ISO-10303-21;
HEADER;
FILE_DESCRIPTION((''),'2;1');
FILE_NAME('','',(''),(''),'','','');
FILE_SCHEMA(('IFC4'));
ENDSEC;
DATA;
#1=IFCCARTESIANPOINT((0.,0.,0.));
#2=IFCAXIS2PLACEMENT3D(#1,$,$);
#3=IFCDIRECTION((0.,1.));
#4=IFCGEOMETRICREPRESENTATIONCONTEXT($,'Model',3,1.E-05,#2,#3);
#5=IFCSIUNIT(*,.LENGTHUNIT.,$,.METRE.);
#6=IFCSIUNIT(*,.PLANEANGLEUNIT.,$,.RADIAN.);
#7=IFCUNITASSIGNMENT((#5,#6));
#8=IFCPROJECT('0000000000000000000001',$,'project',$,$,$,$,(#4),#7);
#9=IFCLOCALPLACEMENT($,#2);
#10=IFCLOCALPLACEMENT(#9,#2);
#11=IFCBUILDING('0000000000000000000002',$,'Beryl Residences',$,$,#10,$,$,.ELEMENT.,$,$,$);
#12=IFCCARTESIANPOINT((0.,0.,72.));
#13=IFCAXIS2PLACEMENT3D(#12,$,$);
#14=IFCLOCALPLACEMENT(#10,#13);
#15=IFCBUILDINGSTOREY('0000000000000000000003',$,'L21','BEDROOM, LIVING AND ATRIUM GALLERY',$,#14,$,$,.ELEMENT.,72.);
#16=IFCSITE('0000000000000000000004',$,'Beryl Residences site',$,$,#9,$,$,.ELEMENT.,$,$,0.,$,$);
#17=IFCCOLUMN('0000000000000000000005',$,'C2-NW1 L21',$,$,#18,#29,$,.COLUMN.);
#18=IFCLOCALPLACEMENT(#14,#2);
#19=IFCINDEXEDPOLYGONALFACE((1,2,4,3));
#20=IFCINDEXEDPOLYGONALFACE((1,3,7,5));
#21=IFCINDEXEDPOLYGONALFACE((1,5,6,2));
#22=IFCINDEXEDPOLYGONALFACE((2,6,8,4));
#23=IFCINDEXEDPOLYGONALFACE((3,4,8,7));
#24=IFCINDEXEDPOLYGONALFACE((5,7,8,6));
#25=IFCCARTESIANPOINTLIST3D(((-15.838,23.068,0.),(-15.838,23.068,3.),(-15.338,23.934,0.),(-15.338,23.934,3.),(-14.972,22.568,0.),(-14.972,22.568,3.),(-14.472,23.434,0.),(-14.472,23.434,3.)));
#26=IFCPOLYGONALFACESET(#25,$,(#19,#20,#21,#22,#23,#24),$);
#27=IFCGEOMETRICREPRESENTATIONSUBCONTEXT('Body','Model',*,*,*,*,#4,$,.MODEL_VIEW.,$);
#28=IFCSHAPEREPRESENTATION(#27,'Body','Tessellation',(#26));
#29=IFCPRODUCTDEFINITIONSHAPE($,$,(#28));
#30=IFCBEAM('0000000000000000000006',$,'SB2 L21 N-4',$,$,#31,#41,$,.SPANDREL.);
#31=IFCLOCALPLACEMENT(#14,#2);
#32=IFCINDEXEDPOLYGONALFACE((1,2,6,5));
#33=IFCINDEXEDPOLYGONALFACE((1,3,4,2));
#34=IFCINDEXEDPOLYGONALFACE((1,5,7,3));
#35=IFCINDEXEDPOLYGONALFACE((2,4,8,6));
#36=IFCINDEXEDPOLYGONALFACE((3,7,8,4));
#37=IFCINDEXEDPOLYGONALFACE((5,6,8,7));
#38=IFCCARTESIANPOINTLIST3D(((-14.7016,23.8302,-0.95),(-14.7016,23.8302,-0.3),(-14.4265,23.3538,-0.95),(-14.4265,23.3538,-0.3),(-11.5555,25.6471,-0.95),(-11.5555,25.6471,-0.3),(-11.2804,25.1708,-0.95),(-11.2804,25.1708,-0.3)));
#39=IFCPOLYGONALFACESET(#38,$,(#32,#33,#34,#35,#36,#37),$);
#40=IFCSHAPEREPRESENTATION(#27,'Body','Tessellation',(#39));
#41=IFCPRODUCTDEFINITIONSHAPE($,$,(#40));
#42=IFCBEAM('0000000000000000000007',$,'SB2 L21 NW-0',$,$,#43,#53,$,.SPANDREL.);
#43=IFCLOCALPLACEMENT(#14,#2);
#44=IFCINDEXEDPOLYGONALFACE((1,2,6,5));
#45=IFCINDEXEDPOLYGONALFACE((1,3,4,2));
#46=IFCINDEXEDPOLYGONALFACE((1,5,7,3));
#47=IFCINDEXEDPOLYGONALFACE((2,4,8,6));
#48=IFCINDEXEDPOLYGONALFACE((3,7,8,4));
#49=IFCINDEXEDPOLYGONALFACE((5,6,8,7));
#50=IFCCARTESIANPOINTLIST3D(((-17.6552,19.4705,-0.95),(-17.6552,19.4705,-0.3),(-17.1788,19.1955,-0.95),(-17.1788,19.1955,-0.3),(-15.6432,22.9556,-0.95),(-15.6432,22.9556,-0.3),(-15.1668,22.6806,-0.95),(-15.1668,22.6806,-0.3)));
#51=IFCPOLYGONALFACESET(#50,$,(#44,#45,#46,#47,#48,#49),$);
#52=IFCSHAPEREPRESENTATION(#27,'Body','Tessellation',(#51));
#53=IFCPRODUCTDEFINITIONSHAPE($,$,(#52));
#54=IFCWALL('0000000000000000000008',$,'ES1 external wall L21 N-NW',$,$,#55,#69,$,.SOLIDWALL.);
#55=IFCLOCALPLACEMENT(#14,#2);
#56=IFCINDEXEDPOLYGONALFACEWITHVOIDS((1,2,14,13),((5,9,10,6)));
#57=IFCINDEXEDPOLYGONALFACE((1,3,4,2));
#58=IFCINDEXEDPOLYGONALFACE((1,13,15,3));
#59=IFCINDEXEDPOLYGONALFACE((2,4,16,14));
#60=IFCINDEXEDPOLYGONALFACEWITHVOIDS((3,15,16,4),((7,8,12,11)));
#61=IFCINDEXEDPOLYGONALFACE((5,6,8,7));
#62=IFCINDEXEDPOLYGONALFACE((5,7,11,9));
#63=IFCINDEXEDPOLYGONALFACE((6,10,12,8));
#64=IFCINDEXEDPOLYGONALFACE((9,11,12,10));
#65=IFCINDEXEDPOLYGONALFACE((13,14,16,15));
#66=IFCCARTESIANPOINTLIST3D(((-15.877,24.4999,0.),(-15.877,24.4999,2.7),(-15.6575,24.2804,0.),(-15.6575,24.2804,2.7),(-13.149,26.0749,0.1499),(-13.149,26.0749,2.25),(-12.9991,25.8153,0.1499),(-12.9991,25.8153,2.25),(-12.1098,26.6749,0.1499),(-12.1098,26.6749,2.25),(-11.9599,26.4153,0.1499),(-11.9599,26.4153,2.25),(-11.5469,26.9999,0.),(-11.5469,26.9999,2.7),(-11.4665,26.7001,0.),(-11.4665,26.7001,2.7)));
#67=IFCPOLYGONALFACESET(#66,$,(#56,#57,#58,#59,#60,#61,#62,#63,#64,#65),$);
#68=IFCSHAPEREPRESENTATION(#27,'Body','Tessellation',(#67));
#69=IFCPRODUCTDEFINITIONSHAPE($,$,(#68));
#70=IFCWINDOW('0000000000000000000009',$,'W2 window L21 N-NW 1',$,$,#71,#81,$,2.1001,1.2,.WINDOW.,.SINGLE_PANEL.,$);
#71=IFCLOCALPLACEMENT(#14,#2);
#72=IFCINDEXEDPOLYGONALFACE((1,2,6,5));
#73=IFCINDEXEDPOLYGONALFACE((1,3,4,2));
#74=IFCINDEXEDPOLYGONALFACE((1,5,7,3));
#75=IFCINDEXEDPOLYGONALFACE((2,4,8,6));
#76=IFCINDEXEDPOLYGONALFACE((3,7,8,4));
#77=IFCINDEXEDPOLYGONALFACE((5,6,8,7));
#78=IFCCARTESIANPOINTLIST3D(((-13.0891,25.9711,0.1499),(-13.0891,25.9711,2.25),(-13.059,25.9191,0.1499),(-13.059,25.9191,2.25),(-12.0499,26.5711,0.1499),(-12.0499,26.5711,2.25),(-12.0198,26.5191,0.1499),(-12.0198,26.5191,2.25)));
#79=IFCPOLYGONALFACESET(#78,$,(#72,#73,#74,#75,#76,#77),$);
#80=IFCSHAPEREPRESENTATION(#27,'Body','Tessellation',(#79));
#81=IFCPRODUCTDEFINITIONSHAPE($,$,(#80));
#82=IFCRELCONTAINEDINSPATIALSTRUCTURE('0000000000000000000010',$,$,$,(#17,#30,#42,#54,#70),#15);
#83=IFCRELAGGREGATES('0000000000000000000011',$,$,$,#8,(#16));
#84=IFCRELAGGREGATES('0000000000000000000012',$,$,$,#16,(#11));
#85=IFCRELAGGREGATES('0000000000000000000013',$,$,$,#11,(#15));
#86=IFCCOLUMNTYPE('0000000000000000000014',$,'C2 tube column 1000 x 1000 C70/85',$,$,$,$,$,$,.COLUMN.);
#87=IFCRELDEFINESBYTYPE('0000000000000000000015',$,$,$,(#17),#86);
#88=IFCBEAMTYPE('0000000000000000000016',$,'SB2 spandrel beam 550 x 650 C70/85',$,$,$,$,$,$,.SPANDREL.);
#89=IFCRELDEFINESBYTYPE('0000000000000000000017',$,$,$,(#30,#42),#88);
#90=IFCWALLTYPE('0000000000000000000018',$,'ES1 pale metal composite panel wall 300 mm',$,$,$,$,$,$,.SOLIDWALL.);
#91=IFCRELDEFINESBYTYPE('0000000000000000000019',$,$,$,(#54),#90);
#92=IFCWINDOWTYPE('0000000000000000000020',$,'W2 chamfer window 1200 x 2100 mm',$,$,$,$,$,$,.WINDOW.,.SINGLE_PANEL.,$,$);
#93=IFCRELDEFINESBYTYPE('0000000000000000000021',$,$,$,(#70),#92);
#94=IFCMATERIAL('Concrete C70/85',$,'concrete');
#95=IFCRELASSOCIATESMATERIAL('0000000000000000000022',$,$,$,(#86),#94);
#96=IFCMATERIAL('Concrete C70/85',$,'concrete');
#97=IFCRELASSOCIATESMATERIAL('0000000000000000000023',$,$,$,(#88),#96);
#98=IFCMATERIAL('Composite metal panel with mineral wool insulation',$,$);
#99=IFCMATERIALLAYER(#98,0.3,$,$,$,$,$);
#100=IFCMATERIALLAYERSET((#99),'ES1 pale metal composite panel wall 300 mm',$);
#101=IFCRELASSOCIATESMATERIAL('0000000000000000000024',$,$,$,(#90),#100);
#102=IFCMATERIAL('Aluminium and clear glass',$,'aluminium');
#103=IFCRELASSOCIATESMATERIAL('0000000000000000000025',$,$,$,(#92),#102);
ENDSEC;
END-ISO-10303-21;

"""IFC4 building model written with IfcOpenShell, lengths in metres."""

from ifc_helpers import new_model, si_unit, direction, frame, frame_2d, origin, origin_2d, place, context, subcontext, project, spatial, polyline, rectangle, outline, extrude, material, layer, layer_set, material_profile, profile_set, type_object, element, fill, save


model = new_model("IFC4")

# Units and contexts
model_context = context("Model", 3, precision=1e-05, world=origin(), true_north=direction((0.0, 1.0)))
body_context = subcontext(model_context, "Body", "Model", "MODEL_VIEW")
ifc_project = project(units=[si_unit("LENGTHUNIT", "METRE"), si_unit("PLANEANGLEUNIT", "RADIAN")], contexts=[model_context])

# Site, building, storey
site_placement = place(None, origin())
site = spatial("IfcSite", under=ifc_project, at=site_placement, Name="Beryl Residences site", CompositionType="ELEMENT", RefElevation=0.0)
building_placement = place(site_placement, origin())
building = spatial("IfcBuilding", under=site, at=building_placement, Name="Beryl Residences", CompositionType="ELEMENT")
storey_placement = place(building_placement, frame((0.0, 0.0, 72.0)))
storey = spatial("IfcBuildingStorey", under=building, at=storey_placement, Name="L21", Description="BEDROOM, LIVING AND ATRIUM GALLERY", CompositionType="ELEMENT", Elevation=72.0)

# Column
ifc_material_1 = material(Name="Concrete C70/85", Category="concrete")
ifc_material_profile_1 = material_profile(ifc_material_1, rectangle(XDim=1.0, YDim=1.0, at=origin_2d()))
ifc_profile_set_1 = profile_set([ifc_material_profile_1], Name="Concrete C70/85")
column_type = type_object("IfcColumnType", Name="C2 tube column 1000 x 1000 C70/85", PredefinedType="COLUMN", material=ifc_profile_set_1)
column_placement = place(storey_placement, frame((-15.155, 23.251, 0.0), z_axis=(0.0, 0.0, 1.0), x_axis=(-0.5, -0.866025, 0.0)))
element("IfcColumn", 1, at=column_placement, inside=storey, type_object=column_type, Name="C2-NW1 L21", PredefinedType="COLUMN", context=body_context, shape_type="SweptSolid", body=[
    extrude(rectangle(XDim=1.0, YDim=1.0, at=origin_2d()), origin(), (0.0, 0.0, 1.0), 3.0),
])

# Beams
ifc_material_2 = material(Name="Concrete C70/85", Category="concrete")
ifc_material_profile_2 = material_profile(ifc_material_2, rectangle(XDim=0.55, YDim=0.6499, at=origin_2d()))
ifc_profile_set_2 = profile_set([ifc_material_profile_2], Name="Concrete C70/85")
beam_type = type_object("IfcBeamType", Name="SB2 spandrel beam 550 x 650 C70/85", PredefinedType="SPANDREL", material=ifc_profile_set_2)
beam_1_placement = place(storey_placement, frame((-11.418, 25.4089, -0.625), z_axis=(-0.86596, -0.500114, 0.0), x_axis=(0.500114, -0.86596, 0.0)))
element("IfcBeam", 2, at=beam_1_placement, inside=storey, type_object=beam_type, Name="SB2 L21 N-4", PredefinedType="SPANDREL", context=body_context, shape_type="SweptSolid", body=[
    extrude(rectangle(XDim=0.55, YDim=0.6499, at=origin_2d()), origin(), (0.0, 0.0, 1.0), 3.6331),
])
beam_2_placement = place(storey_placement, frame((-15.405, 22.8181, -0.625), z_axis=(-0.499969, -0.866043, 0.0), x_axis=(0.866043, -0.499969, 0.0)))
element("IfcBeam", 3, at=beam_2_placement, inside=storey, type_object=beam_type, Name="SB2 L21 NW-0", PredefinedType="SPANDREL", context=body_context, shape_type="SweptSolid", body=[
    extrude(rectangle(XDim=0.55, YDim=0.6499, at=origin_2d()), origin(), (0.0, 0.0, 1.0), 4.0242),
])

# Wall, opening, window
ifc_material_3 = material(Name="Composite metal panel with mineral wool insulation")
ifc_layer_1 = layer(ifc_material_3, 0.3)
ifc_layer_set_1 = layer_set([ifc_layer_1], Name="ES1 pale metal composite panel wall 300 mm")
wall_type_1 = type_object("IfcWallType", Name="ES1 pale metal composite panel wall 300 mm", PredefinedType="SOLIDWALL", material=ifc_layer_set_1)
wall_1_placement = place(storey_placement, frame((-11.4719, 26.8701, 0.0), z_axis=(0.0, 0.0, 1.0), x_axis=(-0.866023, -0.500004, 0.0)))
wall_1 = element("IfcWall", 4, at=wall_1_placement, inside=storey, type_object=wall_type_1, Name="ES1 external wall L21 N-NW", PredefinedType="SOLIDWALL", context=body_context, shape_type="SweptSolid", body=[
    extrude(outline(polyline([(0.0, -0.1499), (5.0, -0.1499), (4.9197, 0.1499), (0.0803, 0.1499), (0.0, -0.1499)])), origin(), (0.0, 0.0, 1.0), 2.7),
])
opening_1_placement = place(wall_1_placement, frame((0.6499, 0.0, 0.1499)))
opening_1 = element("IfcOpeningElement", 5, at=opening_1_placement, cuts=wall_1, PredefinedType="OPENING", context=body_context, shape_type="SweptSolid", body=[
    extrude(rectangle(XDim=1.2, YDim=2.1001, at=frame_2d((0.6001, 1.05))), frame((0.0, 0.1599, 0.0), z_axis=(0.0, -1.0, 0.0), x_axis=(1.0, 0.0, 0.0)), (0.0, 0.0, 1.0), 0.3201),
])
ifc_material_4 = material(Name="Aluminium and clear glass", Category="aluminium")
window_type_1 = type_object("IfcWindowType", Name="W2 chamfer window 1200 x 2100 mm", PartitioningType="SINGLE_PANEL", PredefinedType="WINDOW", material=ifc_material_4)
window_1_placement = place(opening_1_placement, origin())
window_1 = element("IfcWindow", 6, at=window_1_placement, inside=storey, type_object=window_type_1, Name="W2 window L21 N-NW 1", OverallHeight=2.1001, OverallWidth=1.2, PartitioningType="SINGLE_PANEL", PredefinedType="WINDOW", context=body_context, shape_type="SweptSolid", body=[
    extrude(rectangle(XDim=1.2, YDim=2.1001, at=frame_2d((0.6001, 1.05))), frame((0.0, 0.03, 0.0), z_axis=(0.0, -1.0, 0.0), x_axis=(1.0, 0.0, 0.0)), (0.0, 0.0, 1.0), 0.0601),
])
fill(opening_1, window_1)

save(model, "model.ifc")
